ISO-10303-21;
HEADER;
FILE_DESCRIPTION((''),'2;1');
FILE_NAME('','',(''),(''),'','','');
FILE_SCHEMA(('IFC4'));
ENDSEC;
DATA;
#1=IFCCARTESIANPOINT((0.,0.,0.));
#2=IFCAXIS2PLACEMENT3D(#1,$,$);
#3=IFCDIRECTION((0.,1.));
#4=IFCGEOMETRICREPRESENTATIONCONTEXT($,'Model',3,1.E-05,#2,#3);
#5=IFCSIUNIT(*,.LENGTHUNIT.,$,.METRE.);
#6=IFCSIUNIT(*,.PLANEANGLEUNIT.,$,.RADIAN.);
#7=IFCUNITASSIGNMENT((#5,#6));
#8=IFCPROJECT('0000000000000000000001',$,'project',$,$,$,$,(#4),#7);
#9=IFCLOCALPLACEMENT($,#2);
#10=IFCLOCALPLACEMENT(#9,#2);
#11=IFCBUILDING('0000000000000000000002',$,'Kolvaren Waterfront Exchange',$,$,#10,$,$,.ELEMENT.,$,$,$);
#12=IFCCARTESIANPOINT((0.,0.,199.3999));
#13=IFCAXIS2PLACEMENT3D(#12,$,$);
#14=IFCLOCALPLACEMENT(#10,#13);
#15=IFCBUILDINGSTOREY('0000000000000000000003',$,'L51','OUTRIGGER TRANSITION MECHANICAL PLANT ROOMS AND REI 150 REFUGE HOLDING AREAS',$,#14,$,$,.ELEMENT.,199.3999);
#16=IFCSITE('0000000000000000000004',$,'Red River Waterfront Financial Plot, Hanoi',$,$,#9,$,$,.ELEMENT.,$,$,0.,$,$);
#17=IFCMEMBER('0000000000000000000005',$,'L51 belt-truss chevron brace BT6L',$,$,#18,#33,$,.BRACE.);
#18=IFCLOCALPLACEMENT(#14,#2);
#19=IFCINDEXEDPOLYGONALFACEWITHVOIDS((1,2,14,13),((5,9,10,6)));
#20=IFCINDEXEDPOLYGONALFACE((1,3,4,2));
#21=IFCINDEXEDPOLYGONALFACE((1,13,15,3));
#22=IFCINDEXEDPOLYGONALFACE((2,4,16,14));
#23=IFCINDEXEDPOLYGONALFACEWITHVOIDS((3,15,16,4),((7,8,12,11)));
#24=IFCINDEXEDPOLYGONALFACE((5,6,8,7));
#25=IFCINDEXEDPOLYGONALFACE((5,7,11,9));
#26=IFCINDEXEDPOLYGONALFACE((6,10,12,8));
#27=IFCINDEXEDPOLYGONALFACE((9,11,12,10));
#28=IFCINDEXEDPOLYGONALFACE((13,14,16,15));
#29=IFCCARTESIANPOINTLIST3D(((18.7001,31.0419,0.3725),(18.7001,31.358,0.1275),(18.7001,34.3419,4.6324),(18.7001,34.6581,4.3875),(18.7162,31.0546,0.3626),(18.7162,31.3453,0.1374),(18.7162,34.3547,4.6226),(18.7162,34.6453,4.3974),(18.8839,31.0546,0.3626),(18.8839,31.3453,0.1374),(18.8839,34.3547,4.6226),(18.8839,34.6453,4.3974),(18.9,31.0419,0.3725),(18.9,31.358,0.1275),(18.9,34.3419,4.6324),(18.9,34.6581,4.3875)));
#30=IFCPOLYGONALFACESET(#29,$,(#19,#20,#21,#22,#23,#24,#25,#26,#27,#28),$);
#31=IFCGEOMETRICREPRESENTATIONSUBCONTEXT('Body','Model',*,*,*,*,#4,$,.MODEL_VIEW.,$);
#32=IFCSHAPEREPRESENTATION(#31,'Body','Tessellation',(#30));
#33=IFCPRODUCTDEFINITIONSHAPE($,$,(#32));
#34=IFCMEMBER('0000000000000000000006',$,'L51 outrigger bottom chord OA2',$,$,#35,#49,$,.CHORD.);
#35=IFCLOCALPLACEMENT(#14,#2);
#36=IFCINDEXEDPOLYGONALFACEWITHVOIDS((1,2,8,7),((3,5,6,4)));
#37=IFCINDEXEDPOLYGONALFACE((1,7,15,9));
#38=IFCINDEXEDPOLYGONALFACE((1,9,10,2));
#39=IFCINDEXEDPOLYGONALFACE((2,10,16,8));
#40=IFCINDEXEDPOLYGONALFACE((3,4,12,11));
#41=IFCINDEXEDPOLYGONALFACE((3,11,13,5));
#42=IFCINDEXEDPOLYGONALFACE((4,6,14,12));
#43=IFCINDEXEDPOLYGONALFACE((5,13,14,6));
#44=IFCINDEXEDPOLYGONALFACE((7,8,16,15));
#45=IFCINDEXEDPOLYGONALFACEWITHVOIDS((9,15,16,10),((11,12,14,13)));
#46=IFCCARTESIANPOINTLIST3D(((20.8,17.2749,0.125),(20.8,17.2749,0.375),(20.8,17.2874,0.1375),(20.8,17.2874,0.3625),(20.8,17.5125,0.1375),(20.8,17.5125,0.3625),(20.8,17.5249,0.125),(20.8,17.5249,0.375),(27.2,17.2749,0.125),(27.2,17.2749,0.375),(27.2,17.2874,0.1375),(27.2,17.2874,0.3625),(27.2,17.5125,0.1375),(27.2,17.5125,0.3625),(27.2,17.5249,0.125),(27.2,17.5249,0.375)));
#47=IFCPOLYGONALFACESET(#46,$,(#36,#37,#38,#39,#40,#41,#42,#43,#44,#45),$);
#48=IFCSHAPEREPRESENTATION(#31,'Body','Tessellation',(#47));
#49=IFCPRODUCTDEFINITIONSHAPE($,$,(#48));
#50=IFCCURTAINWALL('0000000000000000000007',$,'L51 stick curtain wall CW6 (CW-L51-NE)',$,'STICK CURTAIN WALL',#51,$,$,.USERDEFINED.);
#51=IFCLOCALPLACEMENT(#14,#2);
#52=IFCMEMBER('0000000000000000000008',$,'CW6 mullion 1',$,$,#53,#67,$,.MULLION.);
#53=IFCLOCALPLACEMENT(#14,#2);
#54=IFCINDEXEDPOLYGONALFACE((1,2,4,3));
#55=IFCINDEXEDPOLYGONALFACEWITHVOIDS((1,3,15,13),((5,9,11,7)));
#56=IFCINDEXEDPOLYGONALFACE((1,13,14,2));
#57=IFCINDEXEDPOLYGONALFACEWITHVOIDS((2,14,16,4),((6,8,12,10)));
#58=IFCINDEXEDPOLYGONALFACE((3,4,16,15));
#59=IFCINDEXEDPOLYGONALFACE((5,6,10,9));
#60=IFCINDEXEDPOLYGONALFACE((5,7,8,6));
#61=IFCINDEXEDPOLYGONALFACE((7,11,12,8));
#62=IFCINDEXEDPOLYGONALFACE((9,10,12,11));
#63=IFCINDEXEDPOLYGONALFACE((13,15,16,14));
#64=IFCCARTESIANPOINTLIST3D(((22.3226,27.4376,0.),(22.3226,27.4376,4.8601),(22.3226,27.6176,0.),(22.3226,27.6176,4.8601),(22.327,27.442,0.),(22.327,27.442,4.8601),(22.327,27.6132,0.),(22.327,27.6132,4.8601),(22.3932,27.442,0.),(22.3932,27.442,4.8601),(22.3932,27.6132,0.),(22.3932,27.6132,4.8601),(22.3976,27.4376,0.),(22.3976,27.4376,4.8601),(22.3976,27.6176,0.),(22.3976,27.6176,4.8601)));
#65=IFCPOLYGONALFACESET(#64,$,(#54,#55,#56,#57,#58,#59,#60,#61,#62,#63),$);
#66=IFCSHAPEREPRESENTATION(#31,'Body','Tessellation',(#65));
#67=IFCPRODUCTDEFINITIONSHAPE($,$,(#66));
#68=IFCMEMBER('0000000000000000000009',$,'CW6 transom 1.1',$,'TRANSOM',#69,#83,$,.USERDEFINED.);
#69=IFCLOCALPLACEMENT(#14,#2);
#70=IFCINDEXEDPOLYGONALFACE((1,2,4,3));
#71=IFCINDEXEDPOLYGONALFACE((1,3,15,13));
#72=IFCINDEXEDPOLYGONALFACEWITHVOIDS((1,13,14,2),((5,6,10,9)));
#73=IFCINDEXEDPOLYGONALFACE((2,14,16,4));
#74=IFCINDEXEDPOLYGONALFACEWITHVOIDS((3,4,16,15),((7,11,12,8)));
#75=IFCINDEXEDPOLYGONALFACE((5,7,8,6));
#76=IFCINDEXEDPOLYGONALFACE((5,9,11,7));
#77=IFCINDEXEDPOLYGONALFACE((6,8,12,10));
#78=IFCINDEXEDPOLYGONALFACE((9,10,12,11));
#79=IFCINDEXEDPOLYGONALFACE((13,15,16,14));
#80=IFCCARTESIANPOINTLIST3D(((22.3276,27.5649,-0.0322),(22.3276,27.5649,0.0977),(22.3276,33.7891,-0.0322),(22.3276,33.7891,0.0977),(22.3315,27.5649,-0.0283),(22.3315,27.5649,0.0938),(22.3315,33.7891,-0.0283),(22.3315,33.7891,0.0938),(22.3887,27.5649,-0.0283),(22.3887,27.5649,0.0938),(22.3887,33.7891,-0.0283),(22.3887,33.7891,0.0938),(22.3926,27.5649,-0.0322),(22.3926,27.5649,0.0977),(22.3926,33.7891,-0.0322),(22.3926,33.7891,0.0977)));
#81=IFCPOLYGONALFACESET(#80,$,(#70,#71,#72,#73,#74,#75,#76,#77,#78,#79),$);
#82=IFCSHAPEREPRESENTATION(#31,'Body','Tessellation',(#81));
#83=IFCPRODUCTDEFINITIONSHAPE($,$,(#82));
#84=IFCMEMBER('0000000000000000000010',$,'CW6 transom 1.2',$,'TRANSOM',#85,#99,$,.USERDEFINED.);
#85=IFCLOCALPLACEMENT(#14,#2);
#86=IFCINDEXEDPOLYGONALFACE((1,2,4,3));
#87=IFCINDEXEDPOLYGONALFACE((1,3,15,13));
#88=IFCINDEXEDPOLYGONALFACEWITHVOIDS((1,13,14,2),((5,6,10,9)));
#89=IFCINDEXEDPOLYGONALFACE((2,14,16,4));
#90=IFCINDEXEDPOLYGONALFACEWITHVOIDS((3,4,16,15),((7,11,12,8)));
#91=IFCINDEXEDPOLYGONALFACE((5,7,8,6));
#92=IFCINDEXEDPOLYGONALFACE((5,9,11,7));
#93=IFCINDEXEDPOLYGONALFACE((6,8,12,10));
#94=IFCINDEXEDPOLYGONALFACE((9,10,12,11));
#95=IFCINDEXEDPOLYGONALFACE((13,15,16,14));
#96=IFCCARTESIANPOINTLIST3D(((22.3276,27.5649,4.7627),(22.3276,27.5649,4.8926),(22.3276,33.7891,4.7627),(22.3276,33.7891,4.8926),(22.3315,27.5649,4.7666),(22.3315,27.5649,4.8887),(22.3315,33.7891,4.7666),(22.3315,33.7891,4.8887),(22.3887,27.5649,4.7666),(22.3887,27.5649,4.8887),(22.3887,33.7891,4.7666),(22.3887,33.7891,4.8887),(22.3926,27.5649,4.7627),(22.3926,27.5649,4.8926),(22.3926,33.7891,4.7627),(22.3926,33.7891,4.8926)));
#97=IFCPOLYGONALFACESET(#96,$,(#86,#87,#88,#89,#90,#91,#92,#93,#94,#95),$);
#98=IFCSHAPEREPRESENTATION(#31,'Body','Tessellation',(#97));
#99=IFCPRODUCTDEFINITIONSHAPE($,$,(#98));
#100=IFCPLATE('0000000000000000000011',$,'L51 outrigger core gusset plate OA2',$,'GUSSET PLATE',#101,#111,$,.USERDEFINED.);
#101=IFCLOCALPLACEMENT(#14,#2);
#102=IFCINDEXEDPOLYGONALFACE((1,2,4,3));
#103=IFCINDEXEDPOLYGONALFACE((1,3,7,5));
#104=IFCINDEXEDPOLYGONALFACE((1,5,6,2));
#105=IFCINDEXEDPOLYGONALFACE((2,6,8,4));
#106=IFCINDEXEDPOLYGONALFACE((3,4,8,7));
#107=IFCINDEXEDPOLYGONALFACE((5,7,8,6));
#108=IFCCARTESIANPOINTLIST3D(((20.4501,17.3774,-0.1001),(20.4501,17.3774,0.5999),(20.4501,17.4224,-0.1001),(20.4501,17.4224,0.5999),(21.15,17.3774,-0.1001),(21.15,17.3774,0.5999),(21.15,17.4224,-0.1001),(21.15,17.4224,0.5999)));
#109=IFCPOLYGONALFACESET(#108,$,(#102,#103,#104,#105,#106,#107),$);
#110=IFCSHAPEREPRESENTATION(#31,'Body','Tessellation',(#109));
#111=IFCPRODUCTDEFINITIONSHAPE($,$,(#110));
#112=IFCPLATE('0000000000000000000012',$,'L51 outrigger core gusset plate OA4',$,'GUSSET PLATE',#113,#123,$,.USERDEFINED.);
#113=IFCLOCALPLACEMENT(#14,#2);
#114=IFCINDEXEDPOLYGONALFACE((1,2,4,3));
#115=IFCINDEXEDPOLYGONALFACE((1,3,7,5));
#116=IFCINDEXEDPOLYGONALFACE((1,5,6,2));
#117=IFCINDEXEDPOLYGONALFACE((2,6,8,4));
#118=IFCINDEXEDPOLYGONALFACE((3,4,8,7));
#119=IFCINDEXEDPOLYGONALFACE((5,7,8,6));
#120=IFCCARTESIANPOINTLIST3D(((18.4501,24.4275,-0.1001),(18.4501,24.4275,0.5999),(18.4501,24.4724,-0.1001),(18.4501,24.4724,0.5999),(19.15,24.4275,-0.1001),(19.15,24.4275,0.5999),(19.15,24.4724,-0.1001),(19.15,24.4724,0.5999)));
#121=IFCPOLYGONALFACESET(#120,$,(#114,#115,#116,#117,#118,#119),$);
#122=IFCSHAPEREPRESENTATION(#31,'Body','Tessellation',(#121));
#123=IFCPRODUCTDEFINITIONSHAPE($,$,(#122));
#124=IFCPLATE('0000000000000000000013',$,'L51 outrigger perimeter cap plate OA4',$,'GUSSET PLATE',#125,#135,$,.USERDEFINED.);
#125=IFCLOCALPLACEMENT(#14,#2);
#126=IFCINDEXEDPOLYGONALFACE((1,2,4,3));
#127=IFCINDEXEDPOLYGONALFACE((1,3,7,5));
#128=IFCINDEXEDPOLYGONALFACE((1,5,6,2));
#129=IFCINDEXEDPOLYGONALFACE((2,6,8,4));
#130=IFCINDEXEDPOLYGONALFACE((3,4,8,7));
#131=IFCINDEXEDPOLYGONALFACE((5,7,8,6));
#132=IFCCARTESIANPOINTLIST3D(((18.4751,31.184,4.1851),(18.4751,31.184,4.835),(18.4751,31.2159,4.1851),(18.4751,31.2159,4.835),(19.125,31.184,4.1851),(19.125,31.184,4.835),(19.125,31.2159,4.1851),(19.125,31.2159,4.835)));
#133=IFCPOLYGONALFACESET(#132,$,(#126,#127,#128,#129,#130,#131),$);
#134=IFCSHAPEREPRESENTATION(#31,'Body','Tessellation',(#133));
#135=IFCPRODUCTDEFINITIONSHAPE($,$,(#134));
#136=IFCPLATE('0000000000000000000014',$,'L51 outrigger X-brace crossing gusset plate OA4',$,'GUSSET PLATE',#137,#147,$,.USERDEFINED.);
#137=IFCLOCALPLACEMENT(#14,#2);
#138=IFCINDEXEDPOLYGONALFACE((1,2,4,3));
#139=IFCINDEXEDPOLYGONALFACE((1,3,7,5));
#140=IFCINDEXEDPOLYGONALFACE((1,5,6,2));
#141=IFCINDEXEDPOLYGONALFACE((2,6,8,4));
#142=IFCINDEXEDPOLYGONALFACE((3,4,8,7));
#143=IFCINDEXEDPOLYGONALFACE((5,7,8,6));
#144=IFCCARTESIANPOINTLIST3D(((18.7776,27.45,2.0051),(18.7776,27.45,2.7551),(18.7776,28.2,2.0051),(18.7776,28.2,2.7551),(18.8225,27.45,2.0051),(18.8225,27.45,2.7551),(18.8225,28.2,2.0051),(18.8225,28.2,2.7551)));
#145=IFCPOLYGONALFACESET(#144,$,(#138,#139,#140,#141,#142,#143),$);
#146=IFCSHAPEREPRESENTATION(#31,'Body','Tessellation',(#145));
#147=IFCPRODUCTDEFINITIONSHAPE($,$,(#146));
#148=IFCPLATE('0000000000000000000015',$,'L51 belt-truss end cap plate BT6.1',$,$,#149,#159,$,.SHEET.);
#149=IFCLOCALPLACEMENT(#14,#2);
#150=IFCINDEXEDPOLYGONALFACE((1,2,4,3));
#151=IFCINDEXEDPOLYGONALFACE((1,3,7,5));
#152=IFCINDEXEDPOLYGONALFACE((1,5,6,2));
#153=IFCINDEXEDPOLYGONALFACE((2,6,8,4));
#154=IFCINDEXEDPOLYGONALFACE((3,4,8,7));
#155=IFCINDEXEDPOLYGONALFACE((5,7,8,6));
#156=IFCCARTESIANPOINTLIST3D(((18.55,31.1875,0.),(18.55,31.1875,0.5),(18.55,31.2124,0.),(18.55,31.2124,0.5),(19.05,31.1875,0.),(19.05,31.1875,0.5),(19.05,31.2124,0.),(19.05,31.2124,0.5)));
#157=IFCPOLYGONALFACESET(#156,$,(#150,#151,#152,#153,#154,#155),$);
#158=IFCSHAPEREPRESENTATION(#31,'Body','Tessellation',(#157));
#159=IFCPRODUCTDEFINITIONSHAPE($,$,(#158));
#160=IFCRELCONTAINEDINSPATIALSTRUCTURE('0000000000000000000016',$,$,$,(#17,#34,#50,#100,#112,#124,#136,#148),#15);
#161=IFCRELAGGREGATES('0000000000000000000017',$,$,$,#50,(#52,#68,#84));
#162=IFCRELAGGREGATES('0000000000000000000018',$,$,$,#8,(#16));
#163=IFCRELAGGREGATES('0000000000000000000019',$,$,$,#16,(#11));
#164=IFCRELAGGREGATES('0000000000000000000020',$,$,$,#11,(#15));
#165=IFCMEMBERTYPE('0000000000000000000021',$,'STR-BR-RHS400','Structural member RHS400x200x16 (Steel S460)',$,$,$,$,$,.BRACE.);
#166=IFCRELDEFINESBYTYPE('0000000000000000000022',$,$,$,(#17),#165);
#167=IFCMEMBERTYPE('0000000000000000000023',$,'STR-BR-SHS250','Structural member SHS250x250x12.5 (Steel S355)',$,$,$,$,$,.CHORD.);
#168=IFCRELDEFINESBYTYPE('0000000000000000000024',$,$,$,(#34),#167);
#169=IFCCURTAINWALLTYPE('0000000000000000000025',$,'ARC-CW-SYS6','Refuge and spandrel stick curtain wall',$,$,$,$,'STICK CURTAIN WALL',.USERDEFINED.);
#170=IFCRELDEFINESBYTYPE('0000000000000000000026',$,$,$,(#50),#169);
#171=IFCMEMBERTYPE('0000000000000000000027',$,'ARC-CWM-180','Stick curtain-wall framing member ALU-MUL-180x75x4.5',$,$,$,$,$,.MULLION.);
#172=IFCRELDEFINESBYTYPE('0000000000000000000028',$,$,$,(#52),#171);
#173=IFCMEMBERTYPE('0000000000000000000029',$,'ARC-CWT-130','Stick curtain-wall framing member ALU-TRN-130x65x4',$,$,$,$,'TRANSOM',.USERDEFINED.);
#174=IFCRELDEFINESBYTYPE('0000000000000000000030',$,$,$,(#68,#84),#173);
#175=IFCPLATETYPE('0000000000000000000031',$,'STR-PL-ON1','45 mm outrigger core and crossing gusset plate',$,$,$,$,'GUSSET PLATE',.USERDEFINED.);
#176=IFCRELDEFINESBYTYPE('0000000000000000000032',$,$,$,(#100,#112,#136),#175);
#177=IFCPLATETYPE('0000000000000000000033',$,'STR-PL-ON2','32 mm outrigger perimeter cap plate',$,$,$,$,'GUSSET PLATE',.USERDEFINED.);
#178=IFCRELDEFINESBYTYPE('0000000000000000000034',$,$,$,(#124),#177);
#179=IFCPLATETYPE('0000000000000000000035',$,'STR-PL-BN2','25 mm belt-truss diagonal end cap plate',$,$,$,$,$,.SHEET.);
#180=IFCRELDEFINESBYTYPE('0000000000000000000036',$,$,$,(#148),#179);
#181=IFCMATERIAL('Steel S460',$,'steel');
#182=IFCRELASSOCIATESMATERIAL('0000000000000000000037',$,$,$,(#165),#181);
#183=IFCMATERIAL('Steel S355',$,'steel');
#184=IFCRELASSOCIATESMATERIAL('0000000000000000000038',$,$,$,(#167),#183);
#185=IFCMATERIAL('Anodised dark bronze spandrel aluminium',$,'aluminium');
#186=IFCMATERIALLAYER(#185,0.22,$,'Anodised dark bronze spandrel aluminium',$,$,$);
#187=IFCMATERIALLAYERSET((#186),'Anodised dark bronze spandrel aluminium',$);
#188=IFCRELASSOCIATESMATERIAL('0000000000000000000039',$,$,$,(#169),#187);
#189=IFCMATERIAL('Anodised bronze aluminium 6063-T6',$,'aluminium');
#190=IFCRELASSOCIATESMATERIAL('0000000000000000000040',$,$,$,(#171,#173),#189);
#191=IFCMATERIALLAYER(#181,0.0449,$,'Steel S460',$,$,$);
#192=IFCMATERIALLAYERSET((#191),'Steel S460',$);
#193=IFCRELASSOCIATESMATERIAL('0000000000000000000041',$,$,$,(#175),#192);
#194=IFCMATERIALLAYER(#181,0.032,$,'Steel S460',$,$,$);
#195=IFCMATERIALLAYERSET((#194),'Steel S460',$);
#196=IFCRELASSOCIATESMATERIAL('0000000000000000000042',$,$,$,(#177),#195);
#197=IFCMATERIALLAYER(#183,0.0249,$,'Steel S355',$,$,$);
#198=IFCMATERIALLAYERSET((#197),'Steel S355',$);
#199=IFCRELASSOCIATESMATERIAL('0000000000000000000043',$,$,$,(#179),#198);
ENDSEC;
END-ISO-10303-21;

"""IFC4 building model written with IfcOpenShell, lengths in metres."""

from ifc_helpers import new_model, si_unit, direction, frame, origin, origin_with_axes, origin_2d, place, context, subcontext, project, spatial, rectangle, hollow_rectangle, extrude, source, transform, mapped, material, layer, layer_set, material_profile, profile_set, type_object, element, aggregate, save


model = new_model("IFC4")

# Units and contexts
model_context = context("Model", 3, precision=1e-05, world=origin(), true_north=direction((0.0, 1.0)))
body_context = subcontext(model_context, "Body", "Model", "MODEL_VIEW")
ifc_project = project(units=[si_unit("LENGTHUNIT", "METRE"), si_unit("PLANEANGLEUNIT", "RADIAN")], contexts=[model_context])

# Site, building, storey
site_placement = place(None, origin())
site = spatial("IfcSite", under=ifc_project, at=site_placement, Name="Red River Waterfront Financial Plot, Hanoi", CompositionType="ELEMENT", RefElevation=0.0)
building_placement = place(site_placement, origin())
building = spatial("IfcBuilding", under=site, at=building_placement, Name="Kolvaren Waterfront Exchange", CompositionType="ELEMENT")
storey_placement = place(building_placement, frame((0.0, 0.0, 199.3999)))
storey = spatial("IfcBuildingStorey", under=building, at=storey_placement, Name="L51", Description="OUTRIGGER TRANSITION MECHANICAL PLANT ROOMS AND REI 150 REFUGE HOLDING AREAS", CompositionType="ELEMENT", Elevation=199.3999)

# Shared definitions
ifc_material_1 = material(Name="Steel S355", Category="steel")

# Members
ifc_material_2 = material(Name="Steel S460", Category="steel")
ifc_material_profile_1 = material_profile(ifc_material_2, hollow_rectangle(XDim=0.2, YDim=0.3999, WallThickness=0.0161, at=origin_2d()), Name="RHS400x200x16")
ifc_profile_set_1 = profile_set([ifc_material_profile_1], Name="Steel S460")
member_type_1 = type_object("IfcMemberType", Name="STR-BR-RHS400", Description="Structural member RHS400x200x16 (Steel S460)", PredefinedType="BRACE", material=ifc_profile_set_1)
member_1_placement = place(storey_placement, frame((18.8, 31.2, 0.25), z_axis=(0.0, 0.612403, 0.790546), x_axis=(-1.0, 0.0, 0.0)))
element("IfcMember", 1, at=member_1_placement, inside=storey, type_object=member_type_1, Name="L51 belt-truss chevron brace BT6L", PredefinedType="BRACE", context=body_context, shape_type="SweptSolid", body=[
    extrude(hollow_rectangle(XDim=0.2, YDim=0.3999, WallThickness=0.0161, at=origin_2d()), origin(), (0.0, 0.0, 1.0), 5.3887),
])
ifc_material_profile_2 = material_profile(ifc_material_1, hollow_rectangle(XDim=0.25, YDim=0.25, WallThickness=0.0125, at=origin_2d()), Name="SHS250x250x12.5")
ifc_profile_set_2 = profile_set([ifc_material_profile_2], Name="Steel S355")
member_type_2 = type_object("IfcMemberType", Name="STR-BR-SHS250", Description="Structural member SHS250x250x12.5 (Steel S355)", PredefinedType="CHORD", material=ifc_profile_set_2)
member_2_placement = place(storey_placement, frame((20.8, 17.3999, 0.25), z_axis=(1.0, 0.0, 0.0), x_axis=(0.0, 1.0, 0.0)))
element("IfcMember", 2, at=member_2_placement, inside=storey, type_object=member_type_2, Name="L51 outrigger bottom chord OA2", PredefinedType="CHORD", context=body_context, shape_type="SweptSolid", body=[
    extrude(hollow_rectangle(XDim=0.25, YDim=0.25, WallThickness=0.0125, at=origin_2d()), origin(), (0.0, 0.0, 1.0), 6.3999),
])

# Curtain wall, members
ifc_material_3 = material(Name="Anodised dark bronze spandrel aluminium", Category="aluminium")
ifc_layer_1 = layer(ifc_material_3, 0.22, Name="Anodised dark bronze spandrel aluminium")
ifc_layer_set_1 = layer_set([ifc_layer_1], Name="Anodised dark bronze spandrel aluminium")
curtain_wall_type = type_object("IfcCurtainWallType", Name="ARC-CW-SYS6", Description="Refuge and spandrel stick curtain wall", ElementType="STICK CURTAIN WALL", PredefinedType="USERDEFINED", material=ifc_layer_set_1)
curtain_wall_placement = place(storey_placement, origin())
curtain_wall = element("IfcCurtainWall", 3, at=curtain_wall_placement, inside=storey, type_object=curtain_wall_type, Name="L51 stick curtain wall CW6 (CW-L51-NE)", ObjectType="STICK CURTAIN WALL", PredefinedType="USERDEFINED")
ifc_material_4 = material(Name="Anodised bronze aluminium 6063-T6", Category="aluminium")
ifc_material_profile_3 = material_profile(ifc_material_4, hollow_rectangle(XDim=0.075, YDim=0.1799, WallThickness=0.0044, at=origin_2d()), Name="ALU-MUL-180x75x4.5")
ifc_profile_set_3 = profile_set([ifc_material_profile_3], Name="Anodised bronze aluminium 6063-T6")
member_type_3 = type_object("IfcMemberType", Name="ARC-CWM-180", Description="Stick curtain-wall framing member ALU-MUL-180x75x4.5", PredefinedType="MULLION", material=ifc_profile_set_3)
shared_shape_1 = source(origin_with_axes(), body_context, "Body", "SweptSolid", [
    extrude(hollow_rectangle(XDim=0.075, YDim=0.1799, WallThickness=0.0044, at=origin_2d()), origin(), (0.0, 0.0, 1.0), 4.8601),
])
member_3_placement = place(storey_placement, frame((22.3601, 27.5276, 0.0), z_axis=(0.0, 0.0, 1.0), x_axis=(-1.0, 0.0, 0.0)))
member_3 = element("IfcMember", 4, at=member_3_placement, type_object=member_type_3, Name="CW6 mullion 1", PredefinedType="MULLION", context=body_context, shape_type="MappedRepresentation", body=[
    mapped(shared_shape_1, transform((0.0, 0.0, 0.0), x_axis=(1.0, 0.0, 0.0), y_axis=(0.0, 1.0, 0.0), z_axis=(0.0, 0.0, 1.0), scale=1.0)),
])
ifc_material_profile_4 = material_profile(ifc_material_4, hollow_rectangle(XDim=0.0649, YDim=0.1299, WallThickness=0.0039, at=origin_2d()), Name="ALU-TRN-130x65x4")
ifc_profile_set_4 = profile_set([ifc_material_profile_4], Name="Anodised bronze aluminium 6063-T6")
member_type_4 = type_object("IfcMemberType", Name="ARC-CWT-130", Description="Stick curtain-wall framing member ALU-TRN-130x65x4", ElementType="TRANSOM", PredefinedType="USERDEFINED", material=ifc_profile_set_4)
shared_shape_2 = source(origin_with_axes(), body_context, "Body", "SweptSolid", [
    extrude(hollow_rectangle(XDim=0.0649, YDim=0.1299, WallThickness=0.0039, at=origin_2d()), origin(), (0.0, 0.0, 1.0), 6.2241),
])
member_4_placement = place(storey_placement, frame((22.3601, 27.5649, 0.0327), z_axis=(0.0, 1.0, 0.0), x_axis=(-1.0, 0.0, 0.0)))
member_4 = element("IfcMember", 5, at=member_4_placement, type_object=member_type_4, Name="CW6 transom 1.1", ObjectType="TRANSOM", PredefinedType="USERDEFINED", context=body_context, shape_type="MappedRepresentation", body=[
    mapped(shared_shape_2, transform((0.0, 0.0, 0.0), x_axis=(1.0, 0.0, 0.0), y_axis=(0.0, 1.0, 0.0), z_axis=(0.0, 0.0, 1.0), scale=1.0)),
])
member_5_placement = place(storey_placement, frame((22.3601, 27.5649, 4.8276), z_axis=(0.0, 1.0, 0.0), x_axis=(-1.0, 0.0, 0.0)))
member_5 = element("IfcMember", 6, at=member_5_placement, type_object=member_type_4, Name="CW6 transom 1.2", ObjectType="TRANSOM", PredefinedType="USERDEFINED", context=body_context, shape_type="MappedRepresentation", body=[
    mapped(shared_shape_2, transform((0.0, 0.0, 0.0), x_axis=(1.0, 0.0, 0.0), y_axis=(0.0, 1.0, 0.0), z_axis=(0.0, 0.0, 1.0), scale=1.0)),
])

# Plates
ifc_layer_2 = layer(ifc_material_2, 0.0449, Name="Steel S460")
ifc_layer_set_2 = layer_set([ifc_layer_2], Name="Steel S460")
plate_type_1 = type_object("IfcPlateType", Name="STR-PL-ON1", Description="45 mm outrigger core and crossing gusset plate", ElementType="GUSSET PLATE", PredefinedType="USERDEFINED", material=ifc_layer_set_2)
shared_shape_3 = source(origin_with_axes(), body_context, "Body", "SweptSolid", [
    extrude(rectangle(XDim=0.7, YDim=0.0449, at=origin_2d()), origin(), (0.0, 0.0, 1.0), 0.7),
])
for number, where, z_axis, x_axis, name in (
    (7, (20.8, 17.3999, -0.1001), (0.0, 0.0, 1.0), (1.0, 0.0, 0.0), "L51 outrigger core gusset plate OA2"),
    (8, (18.8, 24.45, -0.1001), (0.0, 0.0, 1.0), (1.0, 0.0, 0.0), "L51 outrigger core gusset plate OA4"),
):
    element("IfcPlate", number, at=place(storey_placement, frame(where, z_axis=z_axis, x_axis=x_axis)), inside=storey, type_object=plate_type_1, Name=name, ObjectType="GUSSET PLATE", PredefinedType="USERDEFINED", context=body_context, shape_type="MappedRepresentation", body=[
        mapped(shared_shape_3, transform((0.0, 0.0, 0.0), x_axis=(1.0, 0.0, 0.0), y_axis=(0.0, 1.0, 0.0), z_axis=(0.0, 0.0, 1.0), scale=1.0)),
    ])
ifc_layer_3 = layer(ifc_material_2, 0.032, Name="Steel S460")
ifc_layer_set_3 = layer_set([ifc_layer_3], Name="Steel S460")
plate_type_2 = type_object("IfcPlateType", Name="STR-PL-ON2", Description="32 mm outrigger perimeter cap plate", ElementType="GUSSET PLATE", PredefinedType="USERDEFINED", material=ifc_layer_set_3)
shared_shape_4 = source(origin_with_axes(), body_context, "Body", "SweptSolid", [
    extrude(rectangle(XDim=0.6499, YDim=0.032, at=origin_2d()), origin(), (0.0, 0.0, 1.0), 0.6499),
])
plate_1_placement = place(storey_placement, frame((18.8, 31.2, 4.1851), z_axis=(0.0, 0.0, 1.0), x_axis=(1.0, 0.0, 0.0)))
element("IfcPlate", 9, at=plate_1_placement, inside=storey, type_object=plate_type_2, Name="L51 outrigger perimeter cap plate OA4", ObjectType="GUSSET PLATE", PredefinedType="USERDEFINED", context=body_context, shape_type="MappedRepresentation", body=[
    mapped(shared_shape_4, transform((0.0, 0.0, 0.0), x_axis=(1.0, 0.0, 0.0), y_axis=(0.0, 1.0, 0.0), z_axis=(0.0, 0.0, 1.0), scale=1.0)),
])
shared_shape_5 = source(origin_with_axes(), body_context, "Body", "SweptSolid", [
    extrude(rectangle(XDim=0.0449, YDim=0.75, at=origin_2d()), origin(), (0.0, 0.0, 1.0), 0.75),
])
plate_2_placement = place(storey_placement, frame((18.8, 27.825, 2.0051), z_axis=(0.0, 0.0, 1.0), x_axis=(1.0, 0.0, 0.0)))
element("IfcPlate", 10, at=plate_2_placement, inside=storey, type_object=plate_type_1, Name="L51 outrigger X-brace crossing gusset plate OA4", ObjectType="GUSSET PLATE", PredefinedType="USERDEFINED", context=body_context, shape_type="MappedRepresentation", body=[
    mapped(shared_shape_5, transform((0.0, 0.0, 0.0), x_axis=(1.0, 0.0, 0.0), y_axis=(0.0, 1.0, 0.0), z_axis=(0.0, 0.0, 1.0), scale=1.0)),
])
ifc_layer_4 = layer(ifc_material_1, 0.0249, Name="Steel S355")
ifc_layer_set_4 = layer_set([ifc_layer_4], Name="Steel S355")
plate_type_3 = type_object("IfcPlateType", Name="STR-PL-BN2", Description="25 mm belt-truss diagonal end cap plate", PredefinedType="SHEET", material=ifc_layer_set_4)
shared_shape_6 = source(origin_with_axes(), body_context, "Body", "SweptSolid", [
    extrude(rectangle(XDim=0.5, YDim=0.0249, at=origin_2d()), origin(), (0.0, 0.0, 1.0), 0.5),
])
plate_3_placement = place(storey_placement, frame((18.8, 31.2, 0.0), z_axis=(0.0, 0.0, 1.0), x_axis=(1.0, 0.0, 0.0)))
element("IfcPlate", 11, at=plate_3_placement, inside=storey, type_object=plate_type_3, Name="L51 belt-truss end cap plate BT6.1", PredefinedType="SHEET", context=body_context, shape_type="MappedRepresentation", body=[
    mapped(shared_shape_6, transform((0.0, 0.0, 0.0), x_axis=(1.0, 0.0, 0.0), y_axis=(0.0, 1.0, 0.0), z_axis=(0.0, 0.0, 1.0), scale=1.0)),
])

aggregate(curtain_wall, [member_3, member_4, member_5])

save(model, "model.ifc")
